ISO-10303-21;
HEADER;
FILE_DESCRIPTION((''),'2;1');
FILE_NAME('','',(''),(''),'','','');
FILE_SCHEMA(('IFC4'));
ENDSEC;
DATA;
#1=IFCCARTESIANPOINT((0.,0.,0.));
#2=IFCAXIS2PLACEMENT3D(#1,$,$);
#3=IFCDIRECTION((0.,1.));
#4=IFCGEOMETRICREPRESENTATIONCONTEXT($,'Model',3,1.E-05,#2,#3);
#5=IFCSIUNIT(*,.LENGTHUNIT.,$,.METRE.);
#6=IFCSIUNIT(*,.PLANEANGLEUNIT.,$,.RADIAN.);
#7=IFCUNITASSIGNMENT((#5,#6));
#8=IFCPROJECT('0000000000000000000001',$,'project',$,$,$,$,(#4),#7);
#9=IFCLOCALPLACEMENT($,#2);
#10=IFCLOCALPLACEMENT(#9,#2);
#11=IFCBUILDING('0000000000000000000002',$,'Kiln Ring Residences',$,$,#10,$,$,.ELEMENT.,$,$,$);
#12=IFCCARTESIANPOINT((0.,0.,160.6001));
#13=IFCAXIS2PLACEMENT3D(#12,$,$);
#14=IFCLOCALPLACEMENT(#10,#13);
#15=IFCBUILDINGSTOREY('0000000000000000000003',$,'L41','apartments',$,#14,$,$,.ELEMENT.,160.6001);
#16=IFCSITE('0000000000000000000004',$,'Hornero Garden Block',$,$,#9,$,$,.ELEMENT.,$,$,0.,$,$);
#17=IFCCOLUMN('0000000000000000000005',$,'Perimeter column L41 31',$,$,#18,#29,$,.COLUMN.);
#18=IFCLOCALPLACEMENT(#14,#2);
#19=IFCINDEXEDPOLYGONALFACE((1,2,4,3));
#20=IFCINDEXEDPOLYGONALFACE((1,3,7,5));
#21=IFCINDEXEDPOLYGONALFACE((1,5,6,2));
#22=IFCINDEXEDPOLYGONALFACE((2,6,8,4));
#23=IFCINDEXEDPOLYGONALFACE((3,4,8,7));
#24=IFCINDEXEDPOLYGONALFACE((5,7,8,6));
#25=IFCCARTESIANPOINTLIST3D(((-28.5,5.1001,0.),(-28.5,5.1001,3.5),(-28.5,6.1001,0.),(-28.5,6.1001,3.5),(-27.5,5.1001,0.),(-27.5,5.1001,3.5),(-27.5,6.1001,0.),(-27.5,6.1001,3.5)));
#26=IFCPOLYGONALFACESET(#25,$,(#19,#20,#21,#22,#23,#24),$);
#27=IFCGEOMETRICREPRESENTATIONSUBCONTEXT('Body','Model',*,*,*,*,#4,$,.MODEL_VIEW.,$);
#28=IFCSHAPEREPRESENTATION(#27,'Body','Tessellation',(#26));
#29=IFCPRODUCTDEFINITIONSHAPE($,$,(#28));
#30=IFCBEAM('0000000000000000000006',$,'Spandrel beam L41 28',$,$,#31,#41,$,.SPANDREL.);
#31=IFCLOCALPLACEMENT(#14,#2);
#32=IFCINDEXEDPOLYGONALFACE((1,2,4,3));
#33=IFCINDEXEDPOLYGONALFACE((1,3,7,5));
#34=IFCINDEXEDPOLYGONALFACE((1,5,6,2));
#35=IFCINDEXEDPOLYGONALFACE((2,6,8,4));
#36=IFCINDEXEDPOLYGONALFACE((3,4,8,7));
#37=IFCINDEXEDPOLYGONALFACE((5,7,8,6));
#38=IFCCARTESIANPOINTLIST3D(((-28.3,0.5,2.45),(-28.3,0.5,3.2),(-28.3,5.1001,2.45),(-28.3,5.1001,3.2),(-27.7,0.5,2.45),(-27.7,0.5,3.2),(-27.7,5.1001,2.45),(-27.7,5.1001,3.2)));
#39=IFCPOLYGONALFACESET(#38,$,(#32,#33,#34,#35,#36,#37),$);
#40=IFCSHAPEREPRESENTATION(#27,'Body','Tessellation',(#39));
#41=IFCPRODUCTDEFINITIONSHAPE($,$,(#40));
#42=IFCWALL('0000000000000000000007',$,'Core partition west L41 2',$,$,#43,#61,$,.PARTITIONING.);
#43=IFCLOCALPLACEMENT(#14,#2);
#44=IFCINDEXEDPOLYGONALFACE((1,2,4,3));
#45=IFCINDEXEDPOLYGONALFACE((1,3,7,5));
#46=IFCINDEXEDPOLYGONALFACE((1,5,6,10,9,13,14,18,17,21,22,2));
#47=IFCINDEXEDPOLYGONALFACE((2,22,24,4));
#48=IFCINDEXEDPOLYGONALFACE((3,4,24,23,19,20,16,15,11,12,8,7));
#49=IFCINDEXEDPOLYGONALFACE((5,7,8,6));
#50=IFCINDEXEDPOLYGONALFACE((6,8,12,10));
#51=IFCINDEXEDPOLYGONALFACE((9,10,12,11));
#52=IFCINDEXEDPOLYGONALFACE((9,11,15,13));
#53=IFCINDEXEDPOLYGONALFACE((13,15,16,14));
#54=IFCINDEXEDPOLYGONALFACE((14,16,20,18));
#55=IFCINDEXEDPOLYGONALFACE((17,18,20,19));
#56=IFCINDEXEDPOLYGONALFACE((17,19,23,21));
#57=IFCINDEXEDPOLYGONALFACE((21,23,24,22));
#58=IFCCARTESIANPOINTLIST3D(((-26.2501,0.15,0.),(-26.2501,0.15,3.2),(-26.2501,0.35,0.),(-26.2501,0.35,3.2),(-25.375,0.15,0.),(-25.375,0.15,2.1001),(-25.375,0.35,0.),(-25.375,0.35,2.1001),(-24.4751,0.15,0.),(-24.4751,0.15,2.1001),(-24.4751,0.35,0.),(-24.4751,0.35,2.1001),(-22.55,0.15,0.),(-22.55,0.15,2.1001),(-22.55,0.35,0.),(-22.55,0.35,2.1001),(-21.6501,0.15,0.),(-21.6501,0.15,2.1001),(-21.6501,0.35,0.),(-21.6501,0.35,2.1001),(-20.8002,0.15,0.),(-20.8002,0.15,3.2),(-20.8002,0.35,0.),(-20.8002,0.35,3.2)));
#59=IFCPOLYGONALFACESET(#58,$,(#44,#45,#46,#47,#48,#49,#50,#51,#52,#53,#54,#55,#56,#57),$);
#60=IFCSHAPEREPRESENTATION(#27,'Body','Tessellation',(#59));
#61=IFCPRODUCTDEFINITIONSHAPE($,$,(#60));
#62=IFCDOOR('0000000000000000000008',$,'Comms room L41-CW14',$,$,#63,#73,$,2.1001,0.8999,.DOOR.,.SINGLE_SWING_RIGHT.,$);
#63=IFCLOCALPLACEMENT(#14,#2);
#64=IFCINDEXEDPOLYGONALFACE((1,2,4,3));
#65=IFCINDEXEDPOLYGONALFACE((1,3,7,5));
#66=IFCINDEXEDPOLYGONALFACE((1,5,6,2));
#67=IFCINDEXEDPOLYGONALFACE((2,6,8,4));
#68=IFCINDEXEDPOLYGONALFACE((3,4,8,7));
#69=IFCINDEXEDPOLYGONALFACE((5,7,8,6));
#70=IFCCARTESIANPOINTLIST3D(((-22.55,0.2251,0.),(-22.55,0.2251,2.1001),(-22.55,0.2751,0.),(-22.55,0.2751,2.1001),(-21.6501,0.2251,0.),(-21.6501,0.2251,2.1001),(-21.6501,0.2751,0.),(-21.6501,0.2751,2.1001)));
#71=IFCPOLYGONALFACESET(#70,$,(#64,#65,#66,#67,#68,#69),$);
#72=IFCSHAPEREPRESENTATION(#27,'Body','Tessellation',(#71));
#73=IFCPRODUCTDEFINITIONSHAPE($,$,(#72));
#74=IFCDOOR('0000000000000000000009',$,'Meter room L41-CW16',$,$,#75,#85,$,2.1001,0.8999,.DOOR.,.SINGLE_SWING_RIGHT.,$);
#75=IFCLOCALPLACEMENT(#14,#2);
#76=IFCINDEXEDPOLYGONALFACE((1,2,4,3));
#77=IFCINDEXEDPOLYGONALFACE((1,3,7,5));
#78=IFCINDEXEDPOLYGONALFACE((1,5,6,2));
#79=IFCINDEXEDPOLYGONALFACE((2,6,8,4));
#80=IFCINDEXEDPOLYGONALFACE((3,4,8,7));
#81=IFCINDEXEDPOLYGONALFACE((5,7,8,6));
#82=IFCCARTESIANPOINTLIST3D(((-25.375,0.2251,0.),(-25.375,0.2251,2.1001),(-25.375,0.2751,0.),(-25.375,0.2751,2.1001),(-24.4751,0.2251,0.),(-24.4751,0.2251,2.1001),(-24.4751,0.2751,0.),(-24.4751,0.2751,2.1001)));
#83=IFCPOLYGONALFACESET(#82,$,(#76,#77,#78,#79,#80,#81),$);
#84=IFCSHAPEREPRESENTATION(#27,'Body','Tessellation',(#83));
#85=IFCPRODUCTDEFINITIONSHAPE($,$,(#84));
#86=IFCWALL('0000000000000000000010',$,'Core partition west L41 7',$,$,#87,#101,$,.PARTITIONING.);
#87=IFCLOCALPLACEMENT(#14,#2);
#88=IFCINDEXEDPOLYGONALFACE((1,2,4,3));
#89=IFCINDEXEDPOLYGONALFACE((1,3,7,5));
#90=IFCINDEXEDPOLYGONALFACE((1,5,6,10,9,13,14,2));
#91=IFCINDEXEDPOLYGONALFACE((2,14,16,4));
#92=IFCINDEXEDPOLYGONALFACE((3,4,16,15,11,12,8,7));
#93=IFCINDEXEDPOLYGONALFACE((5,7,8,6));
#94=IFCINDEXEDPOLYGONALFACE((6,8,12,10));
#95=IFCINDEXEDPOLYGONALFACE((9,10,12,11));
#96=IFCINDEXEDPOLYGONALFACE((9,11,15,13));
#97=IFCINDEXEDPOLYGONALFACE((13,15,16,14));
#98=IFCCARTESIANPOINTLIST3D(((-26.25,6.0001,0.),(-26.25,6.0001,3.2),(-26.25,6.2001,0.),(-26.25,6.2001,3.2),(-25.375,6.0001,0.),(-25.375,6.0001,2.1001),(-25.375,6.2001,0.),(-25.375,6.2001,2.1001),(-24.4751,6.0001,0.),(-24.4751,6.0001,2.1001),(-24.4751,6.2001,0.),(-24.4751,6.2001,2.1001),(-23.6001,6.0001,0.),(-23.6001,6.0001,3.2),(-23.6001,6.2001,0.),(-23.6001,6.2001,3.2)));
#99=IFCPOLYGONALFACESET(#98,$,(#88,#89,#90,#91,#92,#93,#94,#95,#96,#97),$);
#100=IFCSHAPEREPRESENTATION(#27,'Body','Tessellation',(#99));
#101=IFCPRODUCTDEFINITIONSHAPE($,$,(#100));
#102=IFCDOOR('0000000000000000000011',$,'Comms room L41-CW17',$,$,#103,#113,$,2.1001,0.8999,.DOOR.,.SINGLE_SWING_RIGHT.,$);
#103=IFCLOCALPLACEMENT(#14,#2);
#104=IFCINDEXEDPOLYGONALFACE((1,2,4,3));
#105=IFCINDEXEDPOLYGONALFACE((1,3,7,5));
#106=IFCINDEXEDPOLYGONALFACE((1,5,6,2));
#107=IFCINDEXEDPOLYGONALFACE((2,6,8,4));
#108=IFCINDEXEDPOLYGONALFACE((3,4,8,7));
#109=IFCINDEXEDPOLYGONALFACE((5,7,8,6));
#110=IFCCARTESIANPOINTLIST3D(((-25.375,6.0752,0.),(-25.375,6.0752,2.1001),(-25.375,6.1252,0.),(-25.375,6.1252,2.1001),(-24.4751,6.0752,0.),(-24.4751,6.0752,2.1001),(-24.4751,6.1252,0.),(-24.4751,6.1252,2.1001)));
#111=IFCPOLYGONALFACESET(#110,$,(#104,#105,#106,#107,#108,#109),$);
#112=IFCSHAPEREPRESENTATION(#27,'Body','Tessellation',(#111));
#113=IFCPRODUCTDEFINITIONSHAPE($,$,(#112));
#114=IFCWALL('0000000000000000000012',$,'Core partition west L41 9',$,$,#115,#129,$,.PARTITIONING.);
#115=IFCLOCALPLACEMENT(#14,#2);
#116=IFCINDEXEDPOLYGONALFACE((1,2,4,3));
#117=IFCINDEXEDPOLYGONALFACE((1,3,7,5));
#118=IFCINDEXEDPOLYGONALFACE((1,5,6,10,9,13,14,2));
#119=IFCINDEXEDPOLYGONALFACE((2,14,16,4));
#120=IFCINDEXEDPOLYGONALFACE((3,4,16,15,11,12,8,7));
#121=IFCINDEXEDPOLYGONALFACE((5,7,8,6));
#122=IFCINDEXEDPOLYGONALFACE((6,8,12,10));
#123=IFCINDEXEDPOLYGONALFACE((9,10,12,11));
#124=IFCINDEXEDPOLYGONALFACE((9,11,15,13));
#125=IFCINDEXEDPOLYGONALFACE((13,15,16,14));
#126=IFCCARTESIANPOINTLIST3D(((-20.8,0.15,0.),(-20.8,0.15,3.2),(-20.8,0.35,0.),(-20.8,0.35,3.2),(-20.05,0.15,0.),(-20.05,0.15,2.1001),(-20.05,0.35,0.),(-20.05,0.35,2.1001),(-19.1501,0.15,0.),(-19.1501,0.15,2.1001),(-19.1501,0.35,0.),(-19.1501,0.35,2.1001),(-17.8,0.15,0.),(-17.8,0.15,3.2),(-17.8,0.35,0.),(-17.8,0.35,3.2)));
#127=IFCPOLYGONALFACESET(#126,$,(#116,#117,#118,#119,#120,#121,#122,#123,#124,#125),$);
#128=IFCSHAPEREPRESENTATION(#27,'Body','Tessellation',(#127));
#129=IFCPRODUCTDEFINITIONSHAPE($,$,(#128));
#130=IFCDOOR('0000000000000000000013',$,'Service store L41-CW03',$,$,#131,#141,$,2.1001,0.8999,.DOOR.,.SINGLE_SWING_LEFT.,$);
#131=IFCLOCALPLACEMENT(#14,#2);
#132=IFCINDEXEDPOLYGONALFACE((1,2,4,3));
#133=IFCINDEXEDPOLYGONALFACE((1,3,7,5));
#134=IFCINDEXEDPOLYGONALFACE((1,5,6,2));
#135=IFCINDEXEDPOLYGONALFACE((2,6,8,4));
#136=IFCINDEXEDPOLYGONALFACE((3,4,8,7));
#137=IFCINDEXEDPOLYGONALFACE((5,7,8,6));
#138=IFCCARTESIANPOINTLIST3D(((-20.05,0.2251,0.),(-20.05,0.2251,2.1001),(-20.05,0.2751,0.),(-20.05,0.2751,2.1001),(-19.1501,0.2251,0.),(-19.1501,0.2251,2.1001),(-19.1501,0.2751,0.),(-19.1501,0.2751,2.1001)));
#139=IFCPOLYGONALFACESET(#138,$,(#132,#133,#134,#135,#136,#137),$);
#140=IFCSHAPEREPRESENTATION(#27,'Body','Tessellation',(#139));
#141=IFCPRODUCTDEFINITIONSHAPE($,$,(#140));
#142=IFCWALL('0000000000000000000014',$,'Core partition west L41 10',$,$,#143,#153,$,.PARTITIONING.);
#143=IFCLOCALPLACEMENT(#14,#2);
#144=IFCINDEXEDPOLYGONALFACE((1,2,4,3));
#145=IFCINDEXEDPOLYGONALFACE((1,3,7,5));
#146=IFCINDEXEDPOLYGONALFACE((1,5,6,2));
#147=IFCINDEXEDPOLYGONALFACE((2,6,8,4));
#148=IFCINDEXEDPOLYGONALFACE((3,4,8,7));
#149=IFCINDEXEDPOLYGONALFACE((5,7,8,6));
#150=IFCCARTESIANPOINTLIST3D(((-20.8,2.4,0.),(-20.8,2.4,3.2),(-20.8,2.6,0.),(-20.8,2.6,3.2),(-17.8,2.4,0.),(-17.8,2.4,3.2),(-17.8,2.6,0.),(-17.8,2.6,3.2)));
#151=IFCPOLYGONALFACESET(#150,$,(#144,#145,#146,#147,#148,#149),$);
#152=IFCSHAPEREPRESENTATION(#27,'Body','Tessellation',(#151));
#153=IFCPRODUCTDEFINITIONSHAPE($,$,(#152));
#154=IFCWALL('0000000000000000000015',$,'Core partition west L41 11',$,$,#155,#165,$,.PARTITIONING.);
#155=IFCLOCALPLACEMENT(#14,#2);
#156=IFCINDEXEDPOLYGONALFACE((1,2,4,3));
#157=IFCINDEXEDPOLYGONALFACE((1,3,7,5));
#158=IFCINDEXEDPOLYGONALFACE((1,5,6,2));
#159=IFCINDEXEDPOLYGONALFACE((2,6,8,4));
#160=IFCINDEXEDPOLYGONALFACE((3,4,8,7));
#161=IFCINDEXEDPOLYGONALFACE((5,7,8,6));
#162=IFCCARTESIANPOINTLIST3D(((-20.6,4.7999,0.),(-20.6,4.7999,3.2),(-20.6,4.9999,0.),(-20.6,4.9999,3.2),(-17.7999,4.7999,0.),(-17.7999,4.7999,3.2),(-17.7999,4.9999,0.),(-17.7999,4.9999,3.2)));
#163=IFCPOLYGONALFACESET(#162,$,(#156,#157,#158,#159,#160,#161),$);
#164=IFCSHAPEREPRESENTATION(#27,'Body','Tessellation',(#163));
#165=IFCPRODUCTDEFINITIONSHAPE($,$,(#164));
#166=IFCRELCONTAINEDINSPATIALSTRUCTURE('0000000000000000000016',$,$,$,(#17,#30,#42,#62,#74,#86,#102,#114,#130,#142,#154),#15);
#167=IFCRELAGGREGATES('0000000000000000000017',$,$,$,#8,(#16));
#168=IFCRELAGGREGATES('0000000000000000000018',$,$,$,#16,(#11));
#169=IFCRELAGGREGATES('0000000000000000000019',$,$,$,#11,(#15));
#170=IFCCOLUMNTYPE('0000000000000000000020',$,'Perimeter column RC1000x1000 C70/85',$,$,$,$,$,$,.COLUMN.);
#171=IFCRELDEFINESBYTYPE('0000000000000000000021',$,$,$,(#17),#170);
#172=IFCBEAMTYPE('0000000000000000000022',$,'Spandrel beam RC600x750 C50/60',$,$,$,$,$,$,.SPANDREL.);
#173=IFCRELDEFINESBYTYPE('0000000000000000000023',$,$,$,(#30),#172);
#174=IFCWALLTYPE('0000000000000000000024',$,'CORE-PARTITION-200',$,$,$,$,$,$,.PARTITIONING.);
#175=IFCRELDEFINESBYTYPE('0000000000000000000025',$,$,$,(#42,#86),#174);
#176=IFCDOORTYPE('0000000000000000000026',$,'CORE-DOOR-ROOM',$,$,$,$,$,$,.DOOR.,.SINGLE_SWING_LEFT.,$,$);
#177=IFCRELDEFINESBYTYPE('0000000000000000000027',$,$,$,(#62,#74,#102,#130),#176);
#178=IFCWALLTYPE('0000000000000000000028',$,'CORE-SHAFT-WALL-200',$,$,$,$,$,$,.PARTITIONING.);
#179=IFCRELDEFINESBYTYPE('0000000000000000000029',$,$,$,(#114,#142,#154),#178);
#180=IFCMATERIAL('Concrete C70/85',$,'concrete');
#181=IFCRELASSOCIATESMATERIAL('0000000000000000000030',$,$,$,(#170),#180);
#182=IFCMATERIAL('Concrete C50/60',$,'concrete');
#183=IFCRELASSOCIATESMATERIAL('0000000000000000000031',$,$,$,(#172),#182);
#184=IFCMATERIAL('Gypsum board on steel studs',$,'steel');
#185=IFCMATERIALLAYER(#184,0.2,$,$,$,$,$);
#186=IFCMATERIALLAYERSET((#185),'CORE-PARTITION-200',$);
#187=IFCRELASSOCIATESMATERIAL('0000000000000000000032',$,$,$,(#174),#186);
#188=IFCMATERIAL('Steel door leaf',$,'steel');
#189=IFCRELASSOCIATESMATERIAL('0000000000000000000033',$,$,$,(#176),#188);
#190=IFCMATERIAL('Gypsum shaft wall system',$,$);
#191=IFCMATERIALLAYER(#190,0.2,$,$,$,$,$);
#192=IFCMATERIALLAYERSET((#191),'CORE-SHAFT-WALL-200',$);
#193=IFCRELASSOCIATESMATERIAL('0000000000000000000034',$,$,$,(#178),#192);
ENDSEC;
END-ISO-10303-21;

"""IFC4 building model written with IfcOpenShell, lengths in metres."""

from ifc_helpers import new_model, si_unit, direction, frame, frame_2d, origin, origin_2d, place, context, subcontext, project, spatial, rectangle, extrude, material, layer, layer_set, material_profile, profile_set, type_object, element, fill, save


model = new_model("IFC4")

# Units and contexts
model_context = context("Model", 3, precision=1e-05, world=origin(), true_north=direction((0.0, 1.0)))
body_context = subcontext(model_context, "Body", "Model", "MODEL_VIEW")
ifc_project = project(units=[si_unit("LENGTHUNIT", "METRE"), si_unit("PLANEANGLEUNIT", "RADIAN")], contexts=[model_context])

# Site, building, storey
site_placement = place(None, origin())
site = spatial("IfcSite", under=ifc_project, at=site_placement, Name="Hornero Garden Block", CompositionType="ELEMENT", RefElevation=0.0)
building_placement = place(site_placement, origin())
building = spatial("IfcBuilding", under=site, at=building_placement, Name="Kiln Ring Residences", CompositionType="ELEMENT")
storey_placement = place(building_placement, frame((0.0, 0.0, 160.6001)))
storey = spatial("IfcBuildingStorey", under=building, at=storey_placement, Name="L41", Description="apartments", CompositionType="ELEMENT", Elevation=160.6001)

# Column
ifc_material_1 = material(Name="Concrete C70/85", Category="concrete")
ifc_material_profile_1 = material_profile(ifc_material_1, rectangle(XDim=1.0, YDim=1.0, at=origin_2d()), Name="RC1000x1000")
ifc_profile_set_1 = profile_set([ifc_material_profile_1], Name="Concrete C70/85")
column_type = type_object("IfcColumnType", Name="Perimeter column RC1000x1000 C70/85", PredefinedType="COLUMN", material=ifc_profile_set_1)
column_placement = place(storey_placement, frame((-28.0, 5.6001, 0.0), z_axis=(0.0, 0.0, 1.0), x_axis=(1.0, 0.0, 0.0)))
element("IfcColumn", 1, at=column_placement, inside=storey, type_object=column_type, Name="Perimeter column L41 31", PredefinedType="COLUMN", context=body_context, shape_type="SweptSolid", body=[
    extrude(rectangle(XDim=1.0, YDim=1.0, at=origin_2d()), origin(), (0.0, 0.0, 1.0), 3.5),
])

# Beam
ifc_material_2 = material(Name="Concrete C50/60", Category="concrete")
ifc_material_profile_2 = material_profile(ifc_material_2, rectangle(XDim=0.6001, YDim=0.75, at=origin_2d()), Name="RC600x750")
ifc_profile_set_2 = profile_set([ifc_material_profile_2], Name="Concrete C50/60")
beam_type = type_object("IfcBeamType", Name="Spandrel beam RC600x750 C50/60", PredefinedType="SPANDREL", material=ifc_profile_set_2)
beam_placement = place(storey_placement, frame((-28.0, 5.1001, 2.825), z_axis=(0.0, -1.0, 0.0), x_axis=(1.0, 0.0, 0.0)))
element("IfcBeam", 2, at=beam_placement, inside=storey, type_object=beam_type, Name="Spandrel beam L41 28", PredefinedType="SPANDREL", context=body_context, shape_type="SweptSolid", body=[
    extrude(rectangle(XDim=0.6001, YDim=0.75, at=origin_2d()), origin(), (0.0, 0.0, 1.0), 4.6001),
])

# Wall, openings, doors
ifc_material_3 = material(Name="Gypsum board on steel studs", Category="steel")
ifc_layer_1 = layer(ifc_material_3, 0.2)
ifc_layer_set_1 = layer_set([ifc_layer_1], Name="CORE-PARTITION-200")
wall_type_1 = type_object("IfcWallType", Name="CORE-PARTITION-200", PredefinedType="PARTITIONING", material=ifc_layer_set_1)
wall_1_placement = place(storey_placement, frame((-20.8, 0.25, 0.0), z_axis=(0.0, 0.0, 1.0), x_axis=(-1.0, 0.0, 0.0)))
wall_1 = element("IfcWall", 3, at=wall_1_placement, inside=storey, type_object=wall_type_1, Name="Core partition west L41 2", PredefinedType="PARTITIONING", context=body_context, shape_type="SweptSolid", body=[
    extrude(rectangle(XDim=5.45, YDim=0.2, at=frame_2d((2.7251, 0.0))), origin(), (0.0, 0.0, 1.0), 3.2),
])
opening_1_placement = place(wall_1_placement, frame((0.8501, 0.0, 0.0)))
opening_1 = element("IfcOpeningElement", 4, at=opening_1_placement, cuts=wall_1, PredefinedType="OPENING", context=body_context, shape_type="SweptSolid", body=[
    extrude(rectangle(XDim=0.8999, YDim=2.1001, at=frame_2d((0.45, 1.05))), frame((0.0, 0.1099, 0.0), z_axis=(0.0, -1.0, 0.0), x_axis=(1.0, 0.0, 0.0)), (0.0, 0.0, 1.0), 0.22),
])
opening_2_placement = place(wall_1_placement, frame((3.675, 0.0, 0.0)))
opening_2 = element("IfcOpeningElement", 5, at=opening_2_placement, cuts=wall_1, PredefinedType="OPENING", context=body_context, shape_type="SweptSolid", body=[
    extrude(rectangle(XDim=0.8999, YDim=2.1001, at=frame_2d((0.45, 1.05))), frame((0.0, 0.1099, 0.0), z_axis=(0.0, -1.0, 0.0), x_axis=(1.0, 0.0, 0.0)), (0.0, 0.0, 1.0), 0.22),
])
ifc_material_4 = material(Name="Steel door leaf", Category="steel")
door_type_1 = type_object("IfcDoorType", Name="CORE-DOOR-ROOM", OperationType="SINGLE_SWING_LEFT", PredefinedType="DOOR", material=ifc_material_4)
door_1_placement = place(opening_1_placement, origin())
door_1 = element("IfcDoor", 6, at=door_1_placement, inside=storey, type_object=door_type_1, Name="Comms room L41-CW14", OperationType="SINGLE_SWING_RIGHT", OverallHeight=2.1001, OverallWidth=0.8999, PredefinedType="DOOR", context=body_context, shape_type="SweptSolid", body=[
    extrude(rectangle(XDim=0.8999, YDim=2.1001, at=frame_2d((0.45, 1.05))), frame((0.0, 0.0249, 0.0), z_axis=(0.0, -1.0, 0.0), x_axis=(1.0, 0.0, 0.0)), (0.0, 0.0, 1.0), 0.05),
])
fill(opening_1, door_1)
door_2_placement = place(opening_2_placement, origin())
door_2 = element("IfcDoor", 7, at=door_2_placement, inside=storey, type_object=door_type_1, Name="Meter room L41-CW16", OperationType="SINGLE_SWING_RIGHT", OverallHeight=2.1001, OverallWidth=0.8999, PredefinedType="DOOR", context=body_context, shape_type="SweptSolid", body=[
    extrude(rectangle(XDim=0.8999, YDim=2.1001, at=frame_2d((0.45, 1.05))), frame((0.0, 0.0249, 0.0), z_axis=(0.0, -1.0, 0.0), x_axis=(1.0, 0.0, 0.0)), (0.0, 0.0, 1.0), 0.05),
])
fill(opening_2, door_2)

# Walls, openings, doors
wall_2_placement = place(storey_placement, frame((-23.6001, 6.1001, 0.0), z_axis=(0.0, 0.0, 1.0), x_axis=(-1.0, 0.0, 0.0)))
wall_2 = element("IfcWall", 8, at=wall_2_placement, inside=storey, type_object=wall_type_1, Name="Core partition west L41 7", PredefinedType="PARTITIONING", context=body_context, shape_type="SweptSolid", body=[
    extrude(rectangle(XDim=2.6499, YDim=0.2, at=frame_2d((1.325, 0.0))), origin(), (0.0, 0.0, 1.0), 3.2),
])
opening_3_placement = place(wall_2_placement, frame((0.875, 0.0, 0.0)))
opening_3 = element("IfcOpeningElement", 9, at=opening_3_placement, cuts=wall_2, PredefinedType="OPENING", context=body_context, shape_type="SweptSolid", body=[
    extrude(rectangle(XDim=0.8999, YDim=2.1001, at=frame_2d((0.45, 1.05))), frame((0.0, 0.1099, 0.0), z_axis=(0.0, -1.0, 0.0), x_axis=(1.0, 0.0, 0.0)), (0.0, 0.0, 1.0), 0.22),
])
door_3_placement = place(opening_3_placement, origin())
door_3 = element("IfcDoor", 10, at=door_3_placement, inside=storey, type_object=door_type_1, Name="Comms room L41-CW17", OperationType="SINGLE_SWING_RIGHT", OverallHeight=2.1001, OverallWidth=0.8999, PredefinedType="DOOR", context=body_context, shape_type="SweptSolid", body=[
    extrude(rectangle(XDim=0.8999, YDim=2.1001, at=frame_2d((0.45, 1.05))), frame((0.0, 0.0249, 0.0), z_axis=(0.0, -1.0, 0.0), x_axis=(1.0, 0.0, 0.0)), (0.0, 0.0, 1.0), 0.05),
])
fill(opening_3, door_3)
ifc_material_5 = material(Name="Gypsum shaft wall system")
ifc_layer_2 = layer(ifc_material_5, 0.2)
ifc_layer_set_2 = layer_set([ifc_layer_2], Name="CORE-SHAFT-WALL-200")
wall_type_2 = type_object("IfcWallType", Name="CORE-SHAFT-WALL-200", PredefinedType="PARTITIONING", material=ifc_layer_set_2)
wall_3_placement = place(storey_placement, frame((-17.8, 0.25, 0.0), z_axis=(0.0, 0.0, 1.0), x_axis=(-1.0, 0.0, 0.0)))
wall_3 = element("IfcWall", 11, at=wall_3_placement, inside=storey, type_object=wall_type_2, Name="Core partition west L41 9", PredefinedType="PARTITIONING", context=body_context, shape_type="SweptSolid", body=[
    extrude(rectangle(XDim=3.0, YDim=0.2, at=frame_2d((1.5, 0.0))), origin(), (0.0, 0.0, 1.0), 3.2),
])
opening_4_placement = place(wall_3_placement, frame((1.3501, 0.0, 0.0)))
opening_4 = element("IfcOpeningElement", 12, at=opening_4_placement, cuts=wall_3, PredefinedType="OPENING", context=body_context, shape_type="SweptSolid", body=[
    extrude(rectangle(XDim=0.8999, YDim=2.1001, at=frame_2d((0.45, 1.05))), frame((0.0, 0.1099, 0.0), z_axis=(0.0, -1.0, 0.0), x_axis=(1.0, 0.0, 0.0)), (0.0, 0.0, 1.0), 0.22),
])
door_4_placement = place(opening_4_placement, origin())
door_4 = element("IfcDoor", 13, at=door_4_placement, inside=storey, type_object=door_type_1, Name="Service store L41-CW03", OperationType="SINGLE_SWING_LEFT", OverallHeight=2.1001, OverallWidth=0.8999, PredefinedType="DOOR", context=body_context, shape_type="SweptSolid", body=[
    extrude(rectangle(XDim=0.8999, YDim=2.1001, at=frame_2d((0.45, 1.05))), frame((0.0, 0.0249, 0.0), z_axis=(0.0, -1.0, 0.0), x_axis=(1.0, 0.0, 0.0)), (0.0, 0.0, 1.0), 0.05),
])
fill(opening_4, door_4)

# Walls
wall_4_placement = place(storey_placement, frame((-17.8, 2.5, 0.0), z_axis=(0.0, 0.0, 1.0), x_axis=(-1.0, 0.0, 0.0)))
element("IfcWall", 14, at=wall_4_placement, inside=storey, type_object=wall_type_2, Name="Core partition west L41 10", PredefinedType="PARTITIONING", context=body_context, shape_type="SweptSolid", body=[
    extrude(rectangle(XDim=3.0, YDim=0.2, at=frame_2d((1.5, 0.0))), origin(), (0.0, 0.0, 1.0), 3.2),
])
for number, where, z_axis, x_axis, name in (
    (15, (-17.8, 4.8999, 0.0), (0.0, 0.0, 1.0), (-1.0, 0.0, 0.0), "Core partition west L41 11"),
):
    element("IfcWall", number, at=place(storey_placement, frame(where, z_axis=z_axis, x_axis=x_axis)), inside=storey, type_object=wall_type_2, Name=name, PredefinedType="PARTITIONING", context=body_context, shape_type="SweptSolid", body=[
        extrude(rectangle(XDim=2.8, YDim=0.2, at=frame_2d((1.3999, 0.0))), origin(), (0.0, 0.0, 1.0), 3.2),
    ])

save(model, "model.ifc")
